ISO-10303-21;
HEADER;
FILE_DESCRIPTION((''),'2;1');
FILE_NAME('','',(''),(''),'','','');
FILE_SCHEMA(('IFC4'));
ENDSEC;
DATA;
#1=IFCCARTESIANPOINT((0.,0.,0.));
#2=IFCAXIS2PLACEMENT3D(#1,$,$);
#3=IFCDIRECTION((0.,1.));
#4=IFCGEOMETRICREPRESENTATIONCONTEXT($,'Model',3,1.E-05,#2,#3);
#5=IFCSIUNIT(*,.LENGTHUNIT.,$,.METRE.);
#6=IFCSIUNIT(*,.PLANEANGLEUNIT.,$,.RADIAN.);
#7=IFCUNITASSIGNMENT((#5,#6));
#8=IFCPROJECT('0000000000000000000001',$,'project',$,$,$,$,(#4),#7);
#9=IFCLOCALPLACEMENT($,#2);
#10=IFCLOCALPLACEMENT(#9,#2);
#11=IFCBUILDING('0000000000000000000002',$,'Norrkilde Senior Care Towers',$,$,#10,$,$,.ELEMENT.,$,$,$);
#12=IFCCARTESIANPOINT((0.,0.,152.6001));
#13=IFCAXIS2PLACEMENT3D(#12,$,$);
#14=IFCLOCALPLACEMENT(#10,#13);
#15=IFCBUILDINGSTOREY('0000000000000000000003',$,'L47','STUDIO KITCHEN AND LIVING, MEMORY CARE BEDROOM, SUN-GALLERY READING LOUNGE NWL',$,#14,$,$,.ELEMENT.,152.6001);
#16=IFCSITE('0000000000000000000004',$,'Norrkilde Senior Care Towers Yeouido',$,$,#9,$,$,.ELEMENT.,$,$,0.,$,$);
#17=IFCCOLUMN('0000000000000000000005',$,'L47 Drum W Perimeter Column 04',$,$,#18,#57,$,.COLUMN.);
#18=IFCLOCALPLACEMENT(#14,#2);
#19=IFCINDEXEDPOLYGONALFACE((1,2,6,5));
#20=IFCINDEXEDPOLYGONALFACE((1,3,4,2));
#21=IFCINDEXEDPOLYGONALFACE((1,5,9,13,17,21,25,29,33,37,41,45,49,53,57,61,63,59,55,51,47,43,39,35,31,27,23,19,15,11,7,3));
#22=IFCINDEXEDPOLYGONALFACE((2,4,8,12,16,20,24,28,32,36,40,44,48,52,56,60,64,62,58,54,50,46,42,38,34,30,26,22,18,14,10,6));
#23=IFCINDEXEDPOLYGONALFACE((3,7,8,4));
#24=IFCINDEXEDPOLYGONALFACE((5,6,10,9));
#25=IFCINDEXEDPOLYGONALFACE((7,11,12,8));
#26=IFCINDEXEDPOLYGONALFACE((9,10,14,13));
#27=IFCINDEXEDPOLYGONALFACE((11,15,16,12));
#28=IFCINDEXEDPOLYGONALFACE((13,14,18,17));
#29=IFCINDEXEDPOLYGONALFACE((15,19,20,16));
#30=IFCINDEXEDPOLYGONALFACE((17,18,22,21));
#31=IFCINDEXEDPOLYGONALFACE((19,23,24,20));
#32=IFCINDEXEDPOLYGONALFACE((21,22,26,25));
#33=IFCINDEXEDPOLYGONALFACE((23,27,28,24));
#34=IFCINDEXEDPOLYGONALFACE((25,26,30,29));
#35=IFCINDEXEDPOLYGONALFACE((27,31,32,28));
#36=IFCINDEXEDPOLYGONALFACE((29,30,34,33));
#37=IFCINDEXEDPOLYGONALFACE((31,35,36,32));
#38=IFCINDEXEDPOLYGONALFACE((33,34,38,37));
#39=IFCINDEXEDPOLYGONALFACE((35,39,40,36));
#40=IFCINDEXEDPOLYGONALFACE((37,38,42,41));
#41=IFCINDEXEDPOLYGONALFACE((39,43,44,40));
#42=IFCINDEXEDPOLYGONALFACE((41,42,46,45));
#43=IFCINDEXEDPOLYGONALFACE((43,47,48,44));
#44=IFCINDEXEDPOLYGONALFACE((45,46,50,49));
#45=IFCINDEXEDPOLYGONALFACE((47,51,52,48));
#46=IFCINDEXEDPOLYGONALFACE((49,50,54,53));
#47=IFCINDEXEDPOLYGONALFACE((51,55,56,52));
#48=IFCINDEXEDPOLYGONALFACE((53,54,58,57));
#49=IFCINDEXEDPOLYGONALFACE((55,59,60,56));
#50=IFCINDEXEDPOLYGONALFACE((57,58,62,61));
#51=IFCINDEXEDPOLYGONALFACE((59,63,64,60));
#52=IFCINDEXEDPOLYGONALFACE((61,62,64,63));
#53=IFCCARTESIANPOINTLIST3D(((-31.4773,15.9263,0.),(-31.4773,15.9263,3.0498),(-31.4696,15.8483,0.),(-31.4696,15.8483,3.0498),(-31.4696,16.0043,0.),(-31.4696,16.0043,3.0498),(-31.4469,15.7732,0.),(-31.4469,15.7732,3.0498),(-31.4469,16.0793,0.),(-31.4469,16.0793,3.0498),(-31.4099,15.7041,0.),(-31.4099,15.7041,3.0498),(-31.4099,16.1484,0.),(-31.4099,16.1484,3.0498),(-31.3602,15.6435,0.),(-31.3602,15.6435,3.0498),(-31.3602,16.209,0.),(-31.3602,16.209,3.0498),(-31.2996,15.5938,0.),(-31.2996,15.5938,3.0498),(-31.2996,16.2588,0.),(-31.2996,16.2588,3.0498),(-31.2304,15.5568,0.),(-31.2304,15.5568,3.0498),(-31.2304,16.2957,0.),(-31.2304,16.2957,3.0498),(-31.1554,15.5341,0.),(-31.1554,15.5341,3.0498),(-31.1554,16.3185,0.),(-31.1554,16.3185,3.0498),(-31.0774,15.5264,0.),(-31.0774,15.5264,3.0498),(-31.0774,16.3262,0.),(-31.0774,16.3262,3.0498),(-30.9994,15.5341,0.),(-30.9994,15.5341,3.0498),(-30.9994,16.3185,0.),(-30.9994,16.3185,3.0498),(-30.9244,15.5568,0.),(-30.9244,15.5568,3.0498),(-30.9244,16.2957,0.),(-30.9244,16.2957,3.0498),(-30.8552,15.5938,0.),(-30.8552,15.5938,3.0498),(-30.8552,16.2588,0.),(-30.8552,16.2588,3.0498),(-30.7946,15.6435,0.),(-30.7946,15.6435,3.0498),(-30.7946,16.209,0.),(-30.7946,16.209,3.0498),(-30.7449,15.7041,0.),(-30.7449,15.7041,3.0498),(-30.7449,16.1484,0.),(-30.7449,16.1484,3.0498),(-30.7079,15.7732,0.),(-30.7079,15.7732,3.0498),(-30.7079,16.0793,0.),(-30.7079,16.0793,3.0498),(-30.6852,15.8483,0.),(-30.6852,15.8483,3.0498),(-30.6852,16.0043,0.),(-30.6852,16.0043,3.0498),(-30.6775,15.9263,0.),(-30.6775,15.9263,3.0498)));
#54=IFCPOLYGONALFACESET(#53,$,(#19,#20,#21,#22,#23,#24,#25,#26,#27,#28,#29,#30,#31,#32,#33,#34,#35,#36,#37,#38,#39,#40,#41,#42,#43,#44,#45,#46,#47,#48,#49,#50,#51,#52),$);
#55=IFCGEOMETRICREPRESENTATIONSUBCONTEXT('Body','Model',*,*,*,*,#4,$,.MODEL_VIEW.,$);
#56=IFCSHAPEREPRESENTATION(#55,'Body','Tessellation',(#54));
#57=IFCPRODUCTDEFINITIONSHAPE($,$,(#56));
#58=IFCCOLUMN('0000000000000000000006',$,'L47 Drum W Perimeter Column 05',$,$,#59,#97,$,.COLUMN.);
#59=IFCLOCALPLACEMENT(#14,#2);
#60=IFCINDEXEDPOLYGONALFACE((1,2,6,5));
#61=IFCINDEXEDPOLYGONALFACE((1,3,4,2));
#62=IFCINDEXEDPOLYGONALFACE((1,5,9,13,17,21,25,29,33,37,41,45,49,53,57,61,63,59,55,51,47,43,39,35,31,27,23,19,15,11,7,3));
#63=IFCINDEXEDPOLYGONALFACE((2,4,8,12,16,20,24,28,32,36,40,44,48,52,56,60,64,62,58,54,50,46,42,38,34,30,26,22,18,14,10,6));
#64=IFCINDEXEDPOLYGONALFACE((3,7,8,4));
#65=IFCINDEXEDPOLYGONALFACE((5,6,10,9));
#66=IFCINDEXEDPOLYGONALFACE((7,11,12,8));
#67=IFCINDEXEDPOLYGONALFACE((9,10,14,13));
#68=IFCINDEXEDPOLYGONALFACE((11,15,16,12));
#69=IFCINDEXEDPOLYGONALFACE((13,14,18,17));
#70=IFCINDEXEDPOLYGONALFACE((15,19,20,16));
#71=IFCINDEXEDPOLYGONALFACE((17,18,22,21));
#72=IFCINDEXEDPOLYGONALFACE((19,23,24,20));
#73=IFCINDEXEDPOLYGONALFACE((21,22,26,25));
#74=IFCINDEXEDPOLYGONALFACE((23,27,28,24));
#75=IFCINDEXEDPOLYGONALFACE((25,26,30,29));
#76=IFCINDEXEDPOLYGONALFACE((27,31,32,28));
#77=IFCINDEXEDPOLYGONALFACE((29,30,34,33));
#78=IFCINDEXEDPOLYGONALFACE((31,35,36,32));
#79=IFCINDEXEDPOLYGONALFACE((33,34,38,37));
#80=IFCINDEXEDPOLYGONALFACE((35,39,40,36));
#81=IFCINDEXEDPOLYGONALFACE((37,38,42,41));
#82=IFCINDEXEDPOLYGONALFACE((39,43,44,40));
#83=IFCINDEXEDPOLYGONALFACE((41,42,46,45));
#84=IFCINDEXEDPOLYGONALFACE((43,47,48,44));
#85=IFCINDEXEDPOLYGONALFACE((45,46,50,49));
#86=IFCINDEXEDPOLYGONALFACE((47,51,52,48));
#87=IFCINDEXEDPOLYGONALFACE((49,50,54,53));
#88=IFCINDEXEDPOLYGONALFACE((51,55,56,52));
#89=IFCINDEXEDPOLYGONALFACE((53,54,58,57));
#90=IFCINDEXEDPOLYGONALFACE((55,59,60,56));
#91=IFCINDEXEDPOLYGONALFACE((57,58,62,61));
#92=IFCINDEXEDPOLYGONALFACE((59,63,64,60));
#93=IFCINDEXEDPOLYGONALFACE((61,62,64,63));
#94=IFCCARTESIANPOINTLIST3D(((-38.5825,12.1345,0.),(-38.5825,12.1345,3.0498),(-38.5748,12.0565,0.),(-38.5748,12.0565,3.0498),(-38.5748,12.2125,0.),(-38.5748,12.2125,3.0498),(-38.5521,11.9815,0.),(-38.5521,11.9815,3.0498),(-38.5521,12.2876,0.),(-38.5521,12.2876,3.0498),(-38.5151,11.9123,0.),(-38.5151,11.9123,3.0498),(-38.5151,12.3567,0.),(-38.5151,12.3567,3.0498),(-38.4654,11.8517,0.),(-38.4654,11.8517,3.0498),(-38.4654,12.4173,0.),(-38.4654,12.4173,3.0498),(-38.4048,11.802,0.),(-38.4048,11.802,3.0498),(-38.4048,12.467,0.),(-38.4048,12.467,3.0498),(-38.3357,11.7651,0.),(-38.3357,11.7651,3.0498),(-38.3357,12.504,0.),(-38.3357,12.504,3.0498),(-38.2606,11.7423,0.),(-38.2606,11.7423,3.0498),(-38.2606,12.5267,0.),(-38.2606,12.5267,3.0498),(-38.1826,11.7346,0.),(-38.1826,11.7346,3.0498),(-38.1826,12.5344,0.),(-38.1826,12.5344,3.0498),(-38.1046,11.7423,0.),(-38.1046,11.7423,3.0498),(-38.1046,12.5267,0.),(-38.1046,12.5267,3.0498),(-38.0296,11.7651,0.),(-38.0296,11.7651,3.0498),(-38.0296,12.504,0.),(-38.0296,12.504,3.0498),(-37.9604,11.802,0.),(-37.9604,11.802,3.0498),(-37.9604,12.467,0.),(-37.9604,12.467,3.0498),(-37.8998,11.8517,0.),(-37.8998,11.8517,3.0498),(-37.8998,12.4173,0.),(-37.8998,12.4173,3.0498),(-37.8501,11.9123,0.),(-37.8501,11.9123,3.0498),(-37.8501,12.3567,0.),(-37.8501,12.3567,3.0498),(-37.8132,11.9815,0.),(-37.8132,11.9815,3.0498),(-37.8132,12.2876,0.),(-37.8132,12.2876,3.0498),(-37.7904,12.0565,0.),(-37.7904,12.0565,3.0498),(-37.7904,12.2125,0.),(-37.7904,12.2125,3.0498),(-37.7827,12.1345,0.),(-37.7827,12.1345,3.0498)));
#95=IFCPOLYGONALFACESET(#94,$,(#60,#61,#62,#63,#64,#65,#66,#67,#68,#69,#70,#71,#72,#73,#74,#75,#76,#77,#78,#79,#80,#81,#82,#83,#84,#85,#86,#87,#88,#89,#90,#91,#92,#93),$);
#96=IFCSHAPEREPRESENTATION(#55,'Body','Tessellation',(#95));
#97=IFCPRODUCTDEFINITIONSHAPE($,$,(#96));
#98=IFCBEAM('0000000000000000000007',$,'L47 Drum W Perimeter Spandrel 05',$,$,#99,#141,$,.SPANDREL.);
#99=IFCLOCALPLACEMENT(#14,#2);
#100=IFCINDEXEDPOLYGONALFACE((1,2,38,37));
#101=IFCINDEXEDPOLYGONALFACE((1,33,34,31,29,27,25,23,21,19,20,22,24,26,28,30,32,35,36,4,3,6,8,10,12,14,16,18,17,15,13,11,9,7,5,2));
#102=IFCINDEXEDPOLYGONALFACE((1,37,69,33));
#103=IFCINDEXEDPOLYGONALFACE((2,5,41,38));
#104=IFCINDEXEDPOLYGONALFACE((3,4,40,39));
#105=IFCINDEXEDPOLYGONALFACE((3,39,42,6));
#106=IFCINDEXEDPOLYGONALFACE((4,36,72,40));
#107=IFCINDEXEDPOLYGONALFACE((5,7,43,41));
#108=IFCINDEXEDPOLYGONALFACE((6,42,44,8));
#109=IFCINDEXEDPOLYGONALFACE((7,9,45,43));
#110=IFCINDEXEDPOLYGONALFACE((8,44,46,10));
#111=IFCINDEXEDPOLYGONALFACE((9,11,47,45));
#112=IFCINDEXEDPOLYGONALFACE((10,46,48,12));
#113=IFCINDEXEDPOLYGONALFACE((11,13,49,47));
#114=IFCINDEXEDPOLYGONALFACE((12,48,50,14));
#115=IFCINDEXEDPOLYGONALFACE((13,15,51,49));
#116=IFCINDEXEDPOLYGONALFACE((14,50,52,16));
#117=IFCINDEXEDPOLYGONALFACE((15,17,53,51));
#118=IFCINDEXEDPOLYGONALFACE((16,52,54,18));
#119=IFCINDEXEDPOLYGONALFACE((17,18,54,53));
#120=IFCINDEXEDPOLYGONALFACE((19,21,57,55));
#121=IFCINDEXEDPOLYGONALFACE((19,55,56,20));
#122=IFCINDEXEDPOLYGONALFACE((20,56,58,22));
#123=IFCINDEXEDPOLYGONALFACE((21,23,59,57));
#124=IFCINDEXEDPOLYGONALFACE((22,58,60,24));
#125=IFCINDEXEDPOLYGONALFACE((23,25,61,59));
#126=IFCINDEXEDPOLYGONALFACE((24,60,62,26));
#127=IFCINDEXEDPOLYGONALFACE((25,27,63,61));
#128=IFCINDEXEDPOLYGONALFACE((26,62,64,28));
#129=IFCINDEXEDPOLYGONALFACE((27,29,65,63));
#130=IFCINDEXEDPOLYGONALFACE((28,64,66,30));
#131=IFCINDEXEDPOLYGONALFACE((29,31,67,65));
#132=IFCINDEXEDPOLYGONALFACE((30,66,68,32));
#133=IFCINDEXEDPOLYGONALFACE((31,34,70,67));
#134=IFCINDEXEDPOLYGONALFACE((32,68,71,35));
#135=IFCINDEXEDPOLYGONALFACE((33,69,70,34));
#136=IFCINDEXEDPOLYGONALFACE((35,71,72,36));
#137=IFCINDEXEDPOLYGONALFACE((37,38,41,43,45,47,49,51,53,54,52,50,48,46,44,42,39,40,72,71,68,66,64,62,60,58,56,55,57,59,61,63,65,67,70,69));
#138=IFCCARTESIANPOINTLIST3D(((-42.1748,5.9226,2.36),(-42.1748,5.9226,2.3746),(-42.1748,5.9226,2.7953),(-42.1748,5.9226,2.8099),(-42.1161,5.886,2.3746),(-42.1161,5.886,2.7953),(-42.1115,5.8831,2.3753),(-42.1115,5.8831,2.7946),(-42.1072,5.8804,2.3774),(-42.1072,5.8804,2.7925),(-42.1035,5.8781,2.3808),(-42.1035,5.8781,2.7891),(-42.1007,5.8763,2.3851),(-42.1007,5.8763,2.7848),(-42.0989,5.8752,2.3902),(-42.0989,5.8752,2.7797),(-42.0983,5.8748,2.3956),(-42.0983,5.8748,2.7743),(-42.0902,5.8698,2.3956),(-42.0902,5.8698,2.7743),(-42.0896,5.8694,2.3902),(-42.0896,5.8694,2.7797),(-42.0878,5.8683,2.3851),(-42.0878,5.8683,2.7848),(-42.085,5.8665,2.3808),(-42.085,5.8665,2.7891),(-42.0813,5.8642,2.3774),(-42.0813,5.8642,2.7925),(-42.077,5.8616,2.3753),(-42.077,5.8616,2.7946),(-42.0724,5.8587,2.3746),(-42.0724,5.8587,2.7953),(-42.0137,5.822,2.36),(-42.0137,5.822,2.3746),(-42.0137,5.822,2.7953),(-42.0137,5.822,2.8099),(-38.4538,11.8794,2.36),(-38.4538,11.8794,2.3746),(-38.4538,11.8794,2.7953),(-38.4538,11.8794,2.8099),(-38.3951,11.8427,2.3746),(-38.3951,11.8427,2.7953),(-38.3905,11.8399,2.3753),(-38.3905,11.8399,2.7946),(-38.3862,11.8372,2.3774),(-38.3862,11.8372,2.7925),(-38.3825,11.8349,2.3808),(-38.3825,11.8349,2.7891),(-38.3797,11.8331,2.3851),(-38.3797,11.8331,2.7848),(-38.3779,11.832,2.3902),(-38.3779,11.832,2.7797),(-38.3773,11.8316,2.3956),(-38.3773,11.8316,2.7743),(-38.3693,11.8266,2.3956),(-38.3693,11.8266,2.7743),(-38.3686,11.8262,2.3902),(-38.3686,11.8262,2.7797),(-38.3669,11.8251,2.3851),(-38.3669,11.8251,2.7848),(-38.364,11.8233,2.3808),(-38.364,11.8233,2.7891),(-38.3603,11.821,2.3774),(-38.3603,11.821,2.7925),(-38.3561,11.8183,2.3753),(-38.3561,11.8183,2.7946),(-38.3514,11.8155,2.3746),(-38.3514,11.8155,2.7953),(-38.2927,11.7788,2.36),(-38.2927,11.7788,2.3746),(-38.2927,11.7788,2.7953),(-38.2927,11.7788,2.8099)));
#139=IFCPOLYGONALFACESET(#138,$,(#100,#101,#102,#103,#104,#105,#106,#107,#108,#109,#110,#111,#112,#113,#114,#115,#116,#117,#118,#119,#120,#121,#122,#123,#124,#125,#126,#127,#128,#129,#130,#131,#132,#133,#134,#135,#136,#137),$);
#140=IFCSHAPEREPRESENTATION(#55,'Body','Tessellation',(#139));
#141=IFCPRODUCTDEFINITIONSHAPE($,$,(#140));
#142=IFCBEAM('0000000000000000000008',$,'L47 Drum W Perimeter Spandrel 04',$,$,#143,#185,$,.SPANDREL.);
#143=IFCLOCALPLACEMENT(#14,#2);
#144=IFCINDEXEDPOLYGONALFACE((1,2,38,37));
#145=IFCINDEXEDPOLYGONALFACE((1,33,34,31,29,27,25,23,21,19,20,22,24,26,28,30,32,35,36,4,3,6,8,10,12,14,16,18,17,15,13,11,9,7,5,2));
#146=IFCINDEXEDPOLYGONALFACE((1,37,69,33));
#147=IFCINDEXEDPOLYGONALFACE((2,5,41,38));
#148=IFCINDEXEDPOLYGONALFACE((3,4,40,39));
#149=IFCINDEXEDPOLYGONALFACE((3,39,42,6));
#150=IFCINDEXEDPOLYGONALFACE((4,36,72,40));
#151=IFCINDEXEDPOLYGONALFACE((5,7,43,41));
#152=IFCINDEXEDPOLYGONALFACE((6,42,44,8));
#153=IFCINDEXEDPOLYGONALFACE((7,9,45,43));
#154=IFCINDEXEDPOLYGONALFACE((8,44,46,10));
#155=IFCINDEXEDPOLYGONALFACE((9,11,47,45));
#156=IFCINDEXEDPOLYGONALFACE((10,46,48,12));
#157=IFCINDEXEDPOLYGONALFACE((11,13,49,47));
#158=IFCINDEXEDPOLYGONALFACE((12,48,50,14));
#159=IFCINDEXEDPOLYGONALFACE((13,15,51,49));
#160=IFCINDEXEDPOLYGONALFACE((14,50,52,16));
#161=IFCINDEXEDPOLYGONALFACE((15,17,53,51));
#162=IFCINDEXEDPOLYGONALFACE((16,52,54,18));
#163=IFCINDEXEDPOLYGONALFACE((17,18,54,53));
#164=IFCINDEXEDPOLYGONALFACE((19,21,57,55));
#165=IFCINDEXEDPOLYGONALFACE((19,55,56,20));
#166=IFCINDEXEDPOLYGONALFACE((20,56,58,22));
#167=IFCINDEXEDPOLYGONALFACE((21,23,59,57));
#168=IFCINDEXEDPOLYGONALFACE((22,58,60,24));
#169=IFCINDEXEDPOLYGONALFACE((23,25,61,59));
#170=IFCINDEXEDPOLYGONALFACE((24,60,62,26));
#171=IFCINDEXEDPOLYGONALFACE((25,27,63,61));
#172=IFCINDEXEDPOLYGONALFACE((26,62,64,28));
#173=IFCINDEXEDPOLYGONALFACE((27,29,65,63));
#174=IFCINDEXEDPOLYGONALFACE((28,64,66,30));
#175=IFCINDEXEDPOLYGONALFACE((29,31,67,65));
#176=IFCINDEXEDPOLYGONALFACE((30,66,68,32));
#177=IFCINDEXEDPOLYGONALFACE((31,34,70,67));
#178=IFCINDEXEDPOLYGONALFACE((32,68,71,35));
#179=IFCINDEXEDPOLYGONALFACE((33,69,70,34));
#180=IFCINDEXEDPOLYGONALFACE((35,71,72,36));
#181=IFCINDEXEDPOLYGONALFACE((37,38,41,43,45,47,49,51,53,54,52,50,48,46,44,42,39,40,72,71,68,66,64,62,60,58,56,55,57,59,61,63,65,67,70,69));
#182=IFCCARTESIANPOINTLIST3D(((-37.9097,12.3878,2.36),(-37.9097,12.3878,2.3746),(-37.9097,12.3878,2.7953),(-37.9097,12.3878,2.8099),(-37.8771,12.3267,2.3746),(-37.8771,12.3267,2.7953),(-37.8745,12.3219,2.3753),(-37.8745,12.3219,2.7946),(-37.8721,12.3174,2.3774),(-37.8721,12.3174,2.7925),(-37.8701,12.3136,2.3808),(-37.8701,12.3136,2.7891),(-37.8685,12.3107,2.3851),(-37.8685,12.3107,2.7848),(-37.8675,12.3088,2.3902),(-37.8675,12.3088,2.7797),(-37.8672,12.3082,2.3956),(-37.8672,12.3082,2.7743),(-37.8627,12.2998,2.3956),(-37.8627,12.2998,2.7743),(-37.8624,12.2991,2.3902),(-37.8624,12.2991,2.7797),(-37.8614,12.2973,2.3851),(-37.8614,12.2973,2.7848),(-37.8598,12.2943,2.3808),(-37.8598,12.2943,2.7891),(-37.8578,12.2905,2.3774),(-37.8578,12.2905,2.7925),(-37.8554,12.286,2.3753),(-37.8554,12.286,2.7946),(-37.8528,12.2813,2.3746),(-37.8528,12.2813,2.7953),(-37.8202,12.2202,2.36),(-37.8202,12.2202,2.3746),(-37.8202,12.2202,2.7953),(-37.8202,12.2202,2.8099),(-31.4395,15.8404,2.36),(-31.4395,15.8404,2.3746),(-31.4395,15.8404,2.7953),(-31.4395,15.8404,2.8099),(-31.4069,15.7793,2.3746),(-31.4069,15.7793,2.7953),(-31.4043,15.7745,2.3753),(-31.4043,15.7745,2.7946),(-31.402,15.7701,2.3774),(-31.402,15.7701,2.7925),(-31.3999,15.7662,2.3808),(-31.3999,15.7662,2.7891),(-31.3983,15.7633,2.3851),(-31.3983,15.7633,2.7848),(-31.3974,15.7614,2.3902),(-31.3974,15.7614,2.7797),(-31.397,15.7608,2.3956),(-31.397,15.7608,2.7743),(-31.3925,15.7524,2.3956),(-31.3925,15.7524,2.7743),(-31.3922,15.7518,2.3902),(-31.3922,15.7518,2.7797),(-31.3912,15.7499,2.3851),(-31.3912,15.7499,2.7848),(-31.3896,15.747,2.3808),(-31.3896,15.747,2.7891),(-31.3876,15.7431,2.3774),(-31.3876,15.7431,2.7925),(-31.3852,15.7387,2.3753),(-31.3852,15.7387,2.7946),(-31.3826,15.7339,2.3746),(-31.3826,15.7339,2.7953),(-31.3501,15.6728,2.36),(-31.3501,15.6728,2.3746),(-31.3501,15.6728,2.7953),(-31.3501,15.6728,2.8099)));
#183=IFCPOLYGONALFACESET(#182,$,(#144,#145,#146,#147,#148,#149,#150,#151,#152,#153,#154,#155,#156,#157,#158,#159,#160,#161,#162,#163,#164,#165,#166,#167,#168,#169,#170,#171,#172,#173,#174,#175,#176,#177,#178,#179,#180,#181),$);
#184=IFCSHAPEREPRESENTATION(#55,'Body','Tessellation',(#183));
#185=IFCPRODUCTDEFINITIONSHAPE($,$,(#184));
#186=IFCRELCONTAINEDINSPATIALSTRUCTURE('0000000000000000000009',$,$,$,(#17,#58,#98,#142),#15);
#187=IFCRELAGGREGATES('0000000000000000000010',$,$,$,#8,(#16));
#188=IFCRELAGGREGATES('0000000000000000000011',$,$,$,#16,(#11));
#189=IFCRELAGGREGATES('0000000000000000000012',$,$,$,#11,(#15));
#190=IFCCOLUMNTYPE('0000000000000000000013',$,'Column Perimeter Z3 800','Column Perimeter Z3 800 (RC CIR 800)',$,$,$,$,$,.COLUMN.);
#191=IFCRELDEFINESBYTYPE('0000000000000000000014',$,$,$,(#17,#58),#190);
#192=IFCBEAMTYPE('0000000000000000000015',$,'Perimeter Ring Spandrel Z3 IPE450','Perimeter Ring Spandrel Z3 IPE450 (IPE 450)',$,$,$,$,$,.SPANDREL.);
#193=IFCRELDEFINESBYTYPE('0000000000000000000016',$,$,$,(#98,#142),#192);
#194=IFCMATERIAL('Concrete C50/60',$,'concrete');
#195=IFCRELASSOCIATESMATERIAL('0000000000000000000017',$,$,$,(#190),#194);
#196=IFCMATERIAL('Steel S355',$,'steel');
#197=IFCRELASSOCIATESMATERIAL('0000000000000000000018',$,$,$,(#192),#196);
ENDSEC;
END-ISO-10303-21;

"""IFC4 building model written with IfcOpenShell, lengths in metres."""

from ifc_helpers import new_model, si_unit, direction, frame, origin, origin_2d, place, context, subcontext, project, spatial, circle, i_section, extrude, source, transform, mapped, material, material_profile, profile_set, type_object, type_shapes, element, save


model = new_model("IFC4")

# Units and contexts
model_context = context("Model", 3, precision=1e-05, world=origin(), true_north=direction((0.0, 1.0)))
body_context = subcontext(model_context, "Body", "Model", "MODEL_VIEW")
ifc_project = project(units=[si_unit("LENGTHUNIT", "METRE"), si_unit("PLANEANGLEUNIT", "RADIAN")], contexts=[model_context])

# Site, building, storey
site_placement = place(None, origin())
site = spatial("IfcSite", under=ifc_project, at=site_placement, Name="Norrkilde Senior Care Towers Yeouido", CompositionType="ELEMENT", RefElevation=0.0)
building_placement = place(site_placement, origin())
building = spatial("IfcBuilding", under=site, at=building_placement, Name="Norrkilde Senior Care Towers", CompositionType="ELEMENT")
storey_placement = place(building_placement, frame((0.0, 0.0, 152.6001)))
storey = spatial("IfcBuildingStorey", under=building, at=storey_placement, Name="L47", Description="STUDIO KITCHEN AND LIVING, MEMORY CARE BEDROOM, SUN-GALLERY READING LOUNGE NWL", CompositionType="ELEMENT", Elevation=152.6001)

# Columns
ifc_material_1 = material(Name="Concrete C50/60", Category="concrete")
ifc_material_profile_1 = material_profile(ifc_material_1, circle(Radius=0.3999, at=origin_2d()), Name="RC CIR 800")
ifc_profile_set_1 = profile_set([ifc_material_profile_1], Name="Concrete C50/60")
column_type = type_object("IfcColumnType", Name="Column Perimeter Z3 800", Description="Column Perimeter Z3 800 (RC CIR 800)", PredefinedType="COLUMN", material=ifc_profile_set_1)
shared_shape_1 = source(origin(), body_context, "Body", "SweptSolid", [
    extrude(circle(Radius=0.3999, at=origin_2d()), origin(), (0.0, 0.0, 1.0), 3.0498),
])
type_shapes(column_type, [shared_shape_1])
for number, where, z_axis, x_axis, name in (
    (1, (-31.0774, 15.9263, 0.0), (0.0, 0.0, 1.0), (1.0, 0.0, 0.0), "L47 Drum W Perimeter Column 04"),
    (2, (-38.1826, 12.1345, 0.0), (0.0, 0.0, 1.0), (1.0, 0.0, 0.0), "L47 Drum W Perimeter Column 05"),
):
    element("IfcColumn", number, at=place(storey_placement, frame(where, z_axis=z_axis, x_axis=x_axis)), inside=storey, type_object=column_type, Name=name, PredefinedType="COLUMN", context=body_context, shape_type="MappedRepresentation", body=[
        mapped(shared_shape_1, transform((0.0, 0.0, 0.0), x_axis=(1.0, 0.0, 0.0), y_axis=(0.0, 1.0, 0.0), z_axis=(0.0, 0.0, 1.0), scale=1.0)),
    ])

# Beams
ifc_material_2 = material(Name="Steel S355", Category="steel")
ifc_material_profile_2 = material_profile(ifc_material_2, i_section(OverallWidth=0.1899, OverallDepth=0.45, WebThickness=0.0095, FlangeThickness=0.0146, FilletRadius=0.021, at=origin_2d()), Name="IPE 450")
ifc_profile_set_2 = profile_set([ifc_material_profile_2], Name="Steel S355")
beam_type_1 = type_object("IfcBeamType", Name="Perimeter Ring Spandrel Z3 IPE450", Description="Perimeter Ring Spandrel Z3 IPE450 (IPE 450)", PredefinedType="SPANDREL", material=ifc_profile_set_2)
shared_shape_2 = source(origin(), body_context, "Body", "SweptSolid", [
    extrude(i_section(OverallWidth=0.1899, OverallDepth=0.45, WebThickness=0.0095, FlangeThickness=0.0146, FilletRadius=0.021, at=origin_2d()), origin(), (0.0, 0.0, 1.0), 7.0234),
])
beam_1_placement = place(storey_placement, frame((-38.3733, 11.8291, 2.585), z_axis=(-0.52979, -0.848129, 0.0), x_axis=(0.848129, -0.52979, 0.0)))
element("IfcBeam", 3, at=beam_1_placement, inside=storey, type_object=beam_type_1, Name="L47 Drum W Perimeter Spandrel 05", PredefinedType="SPANDREL", context=body_context, shape_type="MappedRepresentation", body=[
    mapped(shared_shape_2, transform((0.0, 0.0, 0.0), x_axis=(1.0, 0.0, 0.0), y_axis=(0.0, 1.0, 0.0), z_axis=(0.0, 0.0, 1.0), scale=1.0)),
])
shared_shape_3 = source(origin(), body_context, "Body", "SweptSolid", [
    extrude(i_section(OverallWidth=0.1899, OverallDepth=0.45, WebThickness=0.0095, FlangeThickness=0.0146, FilletRadius=0.021, at=origin_2d()), origin(), (0.0, 0.0, 1.0), 7.3337),
])
type_shapes(beam_type_1, [shared_shape_2, shared_shape_3])
beam_2_placement = place(storey_placement, frame((-31.3948, 15.7566, 2.585), z_axis=(-0.882248, -0.470785, 0.0), x_axis=(0.470785, -0.882248, 0.0)))
element("IfcBeam", 4, at=beam_2_placement, inside=storey, type_object=beam_type_1, Name="L47 Drum W Perimeter Spandrel 04", PredefinedType="SPANDREL", context=body_context, shape_type="MappedRepresentation", body=[
    mapped(shared_shape_3, transform((0.0, 0.0, 0.0), x_axis=(1.0, 0.0, 0.0), y_axis=(0.0, 1.0, 0.0), z_axis=(0.0, 0.0, 1.0), scale=1.0)),
])

save(model, "model.ifc")
